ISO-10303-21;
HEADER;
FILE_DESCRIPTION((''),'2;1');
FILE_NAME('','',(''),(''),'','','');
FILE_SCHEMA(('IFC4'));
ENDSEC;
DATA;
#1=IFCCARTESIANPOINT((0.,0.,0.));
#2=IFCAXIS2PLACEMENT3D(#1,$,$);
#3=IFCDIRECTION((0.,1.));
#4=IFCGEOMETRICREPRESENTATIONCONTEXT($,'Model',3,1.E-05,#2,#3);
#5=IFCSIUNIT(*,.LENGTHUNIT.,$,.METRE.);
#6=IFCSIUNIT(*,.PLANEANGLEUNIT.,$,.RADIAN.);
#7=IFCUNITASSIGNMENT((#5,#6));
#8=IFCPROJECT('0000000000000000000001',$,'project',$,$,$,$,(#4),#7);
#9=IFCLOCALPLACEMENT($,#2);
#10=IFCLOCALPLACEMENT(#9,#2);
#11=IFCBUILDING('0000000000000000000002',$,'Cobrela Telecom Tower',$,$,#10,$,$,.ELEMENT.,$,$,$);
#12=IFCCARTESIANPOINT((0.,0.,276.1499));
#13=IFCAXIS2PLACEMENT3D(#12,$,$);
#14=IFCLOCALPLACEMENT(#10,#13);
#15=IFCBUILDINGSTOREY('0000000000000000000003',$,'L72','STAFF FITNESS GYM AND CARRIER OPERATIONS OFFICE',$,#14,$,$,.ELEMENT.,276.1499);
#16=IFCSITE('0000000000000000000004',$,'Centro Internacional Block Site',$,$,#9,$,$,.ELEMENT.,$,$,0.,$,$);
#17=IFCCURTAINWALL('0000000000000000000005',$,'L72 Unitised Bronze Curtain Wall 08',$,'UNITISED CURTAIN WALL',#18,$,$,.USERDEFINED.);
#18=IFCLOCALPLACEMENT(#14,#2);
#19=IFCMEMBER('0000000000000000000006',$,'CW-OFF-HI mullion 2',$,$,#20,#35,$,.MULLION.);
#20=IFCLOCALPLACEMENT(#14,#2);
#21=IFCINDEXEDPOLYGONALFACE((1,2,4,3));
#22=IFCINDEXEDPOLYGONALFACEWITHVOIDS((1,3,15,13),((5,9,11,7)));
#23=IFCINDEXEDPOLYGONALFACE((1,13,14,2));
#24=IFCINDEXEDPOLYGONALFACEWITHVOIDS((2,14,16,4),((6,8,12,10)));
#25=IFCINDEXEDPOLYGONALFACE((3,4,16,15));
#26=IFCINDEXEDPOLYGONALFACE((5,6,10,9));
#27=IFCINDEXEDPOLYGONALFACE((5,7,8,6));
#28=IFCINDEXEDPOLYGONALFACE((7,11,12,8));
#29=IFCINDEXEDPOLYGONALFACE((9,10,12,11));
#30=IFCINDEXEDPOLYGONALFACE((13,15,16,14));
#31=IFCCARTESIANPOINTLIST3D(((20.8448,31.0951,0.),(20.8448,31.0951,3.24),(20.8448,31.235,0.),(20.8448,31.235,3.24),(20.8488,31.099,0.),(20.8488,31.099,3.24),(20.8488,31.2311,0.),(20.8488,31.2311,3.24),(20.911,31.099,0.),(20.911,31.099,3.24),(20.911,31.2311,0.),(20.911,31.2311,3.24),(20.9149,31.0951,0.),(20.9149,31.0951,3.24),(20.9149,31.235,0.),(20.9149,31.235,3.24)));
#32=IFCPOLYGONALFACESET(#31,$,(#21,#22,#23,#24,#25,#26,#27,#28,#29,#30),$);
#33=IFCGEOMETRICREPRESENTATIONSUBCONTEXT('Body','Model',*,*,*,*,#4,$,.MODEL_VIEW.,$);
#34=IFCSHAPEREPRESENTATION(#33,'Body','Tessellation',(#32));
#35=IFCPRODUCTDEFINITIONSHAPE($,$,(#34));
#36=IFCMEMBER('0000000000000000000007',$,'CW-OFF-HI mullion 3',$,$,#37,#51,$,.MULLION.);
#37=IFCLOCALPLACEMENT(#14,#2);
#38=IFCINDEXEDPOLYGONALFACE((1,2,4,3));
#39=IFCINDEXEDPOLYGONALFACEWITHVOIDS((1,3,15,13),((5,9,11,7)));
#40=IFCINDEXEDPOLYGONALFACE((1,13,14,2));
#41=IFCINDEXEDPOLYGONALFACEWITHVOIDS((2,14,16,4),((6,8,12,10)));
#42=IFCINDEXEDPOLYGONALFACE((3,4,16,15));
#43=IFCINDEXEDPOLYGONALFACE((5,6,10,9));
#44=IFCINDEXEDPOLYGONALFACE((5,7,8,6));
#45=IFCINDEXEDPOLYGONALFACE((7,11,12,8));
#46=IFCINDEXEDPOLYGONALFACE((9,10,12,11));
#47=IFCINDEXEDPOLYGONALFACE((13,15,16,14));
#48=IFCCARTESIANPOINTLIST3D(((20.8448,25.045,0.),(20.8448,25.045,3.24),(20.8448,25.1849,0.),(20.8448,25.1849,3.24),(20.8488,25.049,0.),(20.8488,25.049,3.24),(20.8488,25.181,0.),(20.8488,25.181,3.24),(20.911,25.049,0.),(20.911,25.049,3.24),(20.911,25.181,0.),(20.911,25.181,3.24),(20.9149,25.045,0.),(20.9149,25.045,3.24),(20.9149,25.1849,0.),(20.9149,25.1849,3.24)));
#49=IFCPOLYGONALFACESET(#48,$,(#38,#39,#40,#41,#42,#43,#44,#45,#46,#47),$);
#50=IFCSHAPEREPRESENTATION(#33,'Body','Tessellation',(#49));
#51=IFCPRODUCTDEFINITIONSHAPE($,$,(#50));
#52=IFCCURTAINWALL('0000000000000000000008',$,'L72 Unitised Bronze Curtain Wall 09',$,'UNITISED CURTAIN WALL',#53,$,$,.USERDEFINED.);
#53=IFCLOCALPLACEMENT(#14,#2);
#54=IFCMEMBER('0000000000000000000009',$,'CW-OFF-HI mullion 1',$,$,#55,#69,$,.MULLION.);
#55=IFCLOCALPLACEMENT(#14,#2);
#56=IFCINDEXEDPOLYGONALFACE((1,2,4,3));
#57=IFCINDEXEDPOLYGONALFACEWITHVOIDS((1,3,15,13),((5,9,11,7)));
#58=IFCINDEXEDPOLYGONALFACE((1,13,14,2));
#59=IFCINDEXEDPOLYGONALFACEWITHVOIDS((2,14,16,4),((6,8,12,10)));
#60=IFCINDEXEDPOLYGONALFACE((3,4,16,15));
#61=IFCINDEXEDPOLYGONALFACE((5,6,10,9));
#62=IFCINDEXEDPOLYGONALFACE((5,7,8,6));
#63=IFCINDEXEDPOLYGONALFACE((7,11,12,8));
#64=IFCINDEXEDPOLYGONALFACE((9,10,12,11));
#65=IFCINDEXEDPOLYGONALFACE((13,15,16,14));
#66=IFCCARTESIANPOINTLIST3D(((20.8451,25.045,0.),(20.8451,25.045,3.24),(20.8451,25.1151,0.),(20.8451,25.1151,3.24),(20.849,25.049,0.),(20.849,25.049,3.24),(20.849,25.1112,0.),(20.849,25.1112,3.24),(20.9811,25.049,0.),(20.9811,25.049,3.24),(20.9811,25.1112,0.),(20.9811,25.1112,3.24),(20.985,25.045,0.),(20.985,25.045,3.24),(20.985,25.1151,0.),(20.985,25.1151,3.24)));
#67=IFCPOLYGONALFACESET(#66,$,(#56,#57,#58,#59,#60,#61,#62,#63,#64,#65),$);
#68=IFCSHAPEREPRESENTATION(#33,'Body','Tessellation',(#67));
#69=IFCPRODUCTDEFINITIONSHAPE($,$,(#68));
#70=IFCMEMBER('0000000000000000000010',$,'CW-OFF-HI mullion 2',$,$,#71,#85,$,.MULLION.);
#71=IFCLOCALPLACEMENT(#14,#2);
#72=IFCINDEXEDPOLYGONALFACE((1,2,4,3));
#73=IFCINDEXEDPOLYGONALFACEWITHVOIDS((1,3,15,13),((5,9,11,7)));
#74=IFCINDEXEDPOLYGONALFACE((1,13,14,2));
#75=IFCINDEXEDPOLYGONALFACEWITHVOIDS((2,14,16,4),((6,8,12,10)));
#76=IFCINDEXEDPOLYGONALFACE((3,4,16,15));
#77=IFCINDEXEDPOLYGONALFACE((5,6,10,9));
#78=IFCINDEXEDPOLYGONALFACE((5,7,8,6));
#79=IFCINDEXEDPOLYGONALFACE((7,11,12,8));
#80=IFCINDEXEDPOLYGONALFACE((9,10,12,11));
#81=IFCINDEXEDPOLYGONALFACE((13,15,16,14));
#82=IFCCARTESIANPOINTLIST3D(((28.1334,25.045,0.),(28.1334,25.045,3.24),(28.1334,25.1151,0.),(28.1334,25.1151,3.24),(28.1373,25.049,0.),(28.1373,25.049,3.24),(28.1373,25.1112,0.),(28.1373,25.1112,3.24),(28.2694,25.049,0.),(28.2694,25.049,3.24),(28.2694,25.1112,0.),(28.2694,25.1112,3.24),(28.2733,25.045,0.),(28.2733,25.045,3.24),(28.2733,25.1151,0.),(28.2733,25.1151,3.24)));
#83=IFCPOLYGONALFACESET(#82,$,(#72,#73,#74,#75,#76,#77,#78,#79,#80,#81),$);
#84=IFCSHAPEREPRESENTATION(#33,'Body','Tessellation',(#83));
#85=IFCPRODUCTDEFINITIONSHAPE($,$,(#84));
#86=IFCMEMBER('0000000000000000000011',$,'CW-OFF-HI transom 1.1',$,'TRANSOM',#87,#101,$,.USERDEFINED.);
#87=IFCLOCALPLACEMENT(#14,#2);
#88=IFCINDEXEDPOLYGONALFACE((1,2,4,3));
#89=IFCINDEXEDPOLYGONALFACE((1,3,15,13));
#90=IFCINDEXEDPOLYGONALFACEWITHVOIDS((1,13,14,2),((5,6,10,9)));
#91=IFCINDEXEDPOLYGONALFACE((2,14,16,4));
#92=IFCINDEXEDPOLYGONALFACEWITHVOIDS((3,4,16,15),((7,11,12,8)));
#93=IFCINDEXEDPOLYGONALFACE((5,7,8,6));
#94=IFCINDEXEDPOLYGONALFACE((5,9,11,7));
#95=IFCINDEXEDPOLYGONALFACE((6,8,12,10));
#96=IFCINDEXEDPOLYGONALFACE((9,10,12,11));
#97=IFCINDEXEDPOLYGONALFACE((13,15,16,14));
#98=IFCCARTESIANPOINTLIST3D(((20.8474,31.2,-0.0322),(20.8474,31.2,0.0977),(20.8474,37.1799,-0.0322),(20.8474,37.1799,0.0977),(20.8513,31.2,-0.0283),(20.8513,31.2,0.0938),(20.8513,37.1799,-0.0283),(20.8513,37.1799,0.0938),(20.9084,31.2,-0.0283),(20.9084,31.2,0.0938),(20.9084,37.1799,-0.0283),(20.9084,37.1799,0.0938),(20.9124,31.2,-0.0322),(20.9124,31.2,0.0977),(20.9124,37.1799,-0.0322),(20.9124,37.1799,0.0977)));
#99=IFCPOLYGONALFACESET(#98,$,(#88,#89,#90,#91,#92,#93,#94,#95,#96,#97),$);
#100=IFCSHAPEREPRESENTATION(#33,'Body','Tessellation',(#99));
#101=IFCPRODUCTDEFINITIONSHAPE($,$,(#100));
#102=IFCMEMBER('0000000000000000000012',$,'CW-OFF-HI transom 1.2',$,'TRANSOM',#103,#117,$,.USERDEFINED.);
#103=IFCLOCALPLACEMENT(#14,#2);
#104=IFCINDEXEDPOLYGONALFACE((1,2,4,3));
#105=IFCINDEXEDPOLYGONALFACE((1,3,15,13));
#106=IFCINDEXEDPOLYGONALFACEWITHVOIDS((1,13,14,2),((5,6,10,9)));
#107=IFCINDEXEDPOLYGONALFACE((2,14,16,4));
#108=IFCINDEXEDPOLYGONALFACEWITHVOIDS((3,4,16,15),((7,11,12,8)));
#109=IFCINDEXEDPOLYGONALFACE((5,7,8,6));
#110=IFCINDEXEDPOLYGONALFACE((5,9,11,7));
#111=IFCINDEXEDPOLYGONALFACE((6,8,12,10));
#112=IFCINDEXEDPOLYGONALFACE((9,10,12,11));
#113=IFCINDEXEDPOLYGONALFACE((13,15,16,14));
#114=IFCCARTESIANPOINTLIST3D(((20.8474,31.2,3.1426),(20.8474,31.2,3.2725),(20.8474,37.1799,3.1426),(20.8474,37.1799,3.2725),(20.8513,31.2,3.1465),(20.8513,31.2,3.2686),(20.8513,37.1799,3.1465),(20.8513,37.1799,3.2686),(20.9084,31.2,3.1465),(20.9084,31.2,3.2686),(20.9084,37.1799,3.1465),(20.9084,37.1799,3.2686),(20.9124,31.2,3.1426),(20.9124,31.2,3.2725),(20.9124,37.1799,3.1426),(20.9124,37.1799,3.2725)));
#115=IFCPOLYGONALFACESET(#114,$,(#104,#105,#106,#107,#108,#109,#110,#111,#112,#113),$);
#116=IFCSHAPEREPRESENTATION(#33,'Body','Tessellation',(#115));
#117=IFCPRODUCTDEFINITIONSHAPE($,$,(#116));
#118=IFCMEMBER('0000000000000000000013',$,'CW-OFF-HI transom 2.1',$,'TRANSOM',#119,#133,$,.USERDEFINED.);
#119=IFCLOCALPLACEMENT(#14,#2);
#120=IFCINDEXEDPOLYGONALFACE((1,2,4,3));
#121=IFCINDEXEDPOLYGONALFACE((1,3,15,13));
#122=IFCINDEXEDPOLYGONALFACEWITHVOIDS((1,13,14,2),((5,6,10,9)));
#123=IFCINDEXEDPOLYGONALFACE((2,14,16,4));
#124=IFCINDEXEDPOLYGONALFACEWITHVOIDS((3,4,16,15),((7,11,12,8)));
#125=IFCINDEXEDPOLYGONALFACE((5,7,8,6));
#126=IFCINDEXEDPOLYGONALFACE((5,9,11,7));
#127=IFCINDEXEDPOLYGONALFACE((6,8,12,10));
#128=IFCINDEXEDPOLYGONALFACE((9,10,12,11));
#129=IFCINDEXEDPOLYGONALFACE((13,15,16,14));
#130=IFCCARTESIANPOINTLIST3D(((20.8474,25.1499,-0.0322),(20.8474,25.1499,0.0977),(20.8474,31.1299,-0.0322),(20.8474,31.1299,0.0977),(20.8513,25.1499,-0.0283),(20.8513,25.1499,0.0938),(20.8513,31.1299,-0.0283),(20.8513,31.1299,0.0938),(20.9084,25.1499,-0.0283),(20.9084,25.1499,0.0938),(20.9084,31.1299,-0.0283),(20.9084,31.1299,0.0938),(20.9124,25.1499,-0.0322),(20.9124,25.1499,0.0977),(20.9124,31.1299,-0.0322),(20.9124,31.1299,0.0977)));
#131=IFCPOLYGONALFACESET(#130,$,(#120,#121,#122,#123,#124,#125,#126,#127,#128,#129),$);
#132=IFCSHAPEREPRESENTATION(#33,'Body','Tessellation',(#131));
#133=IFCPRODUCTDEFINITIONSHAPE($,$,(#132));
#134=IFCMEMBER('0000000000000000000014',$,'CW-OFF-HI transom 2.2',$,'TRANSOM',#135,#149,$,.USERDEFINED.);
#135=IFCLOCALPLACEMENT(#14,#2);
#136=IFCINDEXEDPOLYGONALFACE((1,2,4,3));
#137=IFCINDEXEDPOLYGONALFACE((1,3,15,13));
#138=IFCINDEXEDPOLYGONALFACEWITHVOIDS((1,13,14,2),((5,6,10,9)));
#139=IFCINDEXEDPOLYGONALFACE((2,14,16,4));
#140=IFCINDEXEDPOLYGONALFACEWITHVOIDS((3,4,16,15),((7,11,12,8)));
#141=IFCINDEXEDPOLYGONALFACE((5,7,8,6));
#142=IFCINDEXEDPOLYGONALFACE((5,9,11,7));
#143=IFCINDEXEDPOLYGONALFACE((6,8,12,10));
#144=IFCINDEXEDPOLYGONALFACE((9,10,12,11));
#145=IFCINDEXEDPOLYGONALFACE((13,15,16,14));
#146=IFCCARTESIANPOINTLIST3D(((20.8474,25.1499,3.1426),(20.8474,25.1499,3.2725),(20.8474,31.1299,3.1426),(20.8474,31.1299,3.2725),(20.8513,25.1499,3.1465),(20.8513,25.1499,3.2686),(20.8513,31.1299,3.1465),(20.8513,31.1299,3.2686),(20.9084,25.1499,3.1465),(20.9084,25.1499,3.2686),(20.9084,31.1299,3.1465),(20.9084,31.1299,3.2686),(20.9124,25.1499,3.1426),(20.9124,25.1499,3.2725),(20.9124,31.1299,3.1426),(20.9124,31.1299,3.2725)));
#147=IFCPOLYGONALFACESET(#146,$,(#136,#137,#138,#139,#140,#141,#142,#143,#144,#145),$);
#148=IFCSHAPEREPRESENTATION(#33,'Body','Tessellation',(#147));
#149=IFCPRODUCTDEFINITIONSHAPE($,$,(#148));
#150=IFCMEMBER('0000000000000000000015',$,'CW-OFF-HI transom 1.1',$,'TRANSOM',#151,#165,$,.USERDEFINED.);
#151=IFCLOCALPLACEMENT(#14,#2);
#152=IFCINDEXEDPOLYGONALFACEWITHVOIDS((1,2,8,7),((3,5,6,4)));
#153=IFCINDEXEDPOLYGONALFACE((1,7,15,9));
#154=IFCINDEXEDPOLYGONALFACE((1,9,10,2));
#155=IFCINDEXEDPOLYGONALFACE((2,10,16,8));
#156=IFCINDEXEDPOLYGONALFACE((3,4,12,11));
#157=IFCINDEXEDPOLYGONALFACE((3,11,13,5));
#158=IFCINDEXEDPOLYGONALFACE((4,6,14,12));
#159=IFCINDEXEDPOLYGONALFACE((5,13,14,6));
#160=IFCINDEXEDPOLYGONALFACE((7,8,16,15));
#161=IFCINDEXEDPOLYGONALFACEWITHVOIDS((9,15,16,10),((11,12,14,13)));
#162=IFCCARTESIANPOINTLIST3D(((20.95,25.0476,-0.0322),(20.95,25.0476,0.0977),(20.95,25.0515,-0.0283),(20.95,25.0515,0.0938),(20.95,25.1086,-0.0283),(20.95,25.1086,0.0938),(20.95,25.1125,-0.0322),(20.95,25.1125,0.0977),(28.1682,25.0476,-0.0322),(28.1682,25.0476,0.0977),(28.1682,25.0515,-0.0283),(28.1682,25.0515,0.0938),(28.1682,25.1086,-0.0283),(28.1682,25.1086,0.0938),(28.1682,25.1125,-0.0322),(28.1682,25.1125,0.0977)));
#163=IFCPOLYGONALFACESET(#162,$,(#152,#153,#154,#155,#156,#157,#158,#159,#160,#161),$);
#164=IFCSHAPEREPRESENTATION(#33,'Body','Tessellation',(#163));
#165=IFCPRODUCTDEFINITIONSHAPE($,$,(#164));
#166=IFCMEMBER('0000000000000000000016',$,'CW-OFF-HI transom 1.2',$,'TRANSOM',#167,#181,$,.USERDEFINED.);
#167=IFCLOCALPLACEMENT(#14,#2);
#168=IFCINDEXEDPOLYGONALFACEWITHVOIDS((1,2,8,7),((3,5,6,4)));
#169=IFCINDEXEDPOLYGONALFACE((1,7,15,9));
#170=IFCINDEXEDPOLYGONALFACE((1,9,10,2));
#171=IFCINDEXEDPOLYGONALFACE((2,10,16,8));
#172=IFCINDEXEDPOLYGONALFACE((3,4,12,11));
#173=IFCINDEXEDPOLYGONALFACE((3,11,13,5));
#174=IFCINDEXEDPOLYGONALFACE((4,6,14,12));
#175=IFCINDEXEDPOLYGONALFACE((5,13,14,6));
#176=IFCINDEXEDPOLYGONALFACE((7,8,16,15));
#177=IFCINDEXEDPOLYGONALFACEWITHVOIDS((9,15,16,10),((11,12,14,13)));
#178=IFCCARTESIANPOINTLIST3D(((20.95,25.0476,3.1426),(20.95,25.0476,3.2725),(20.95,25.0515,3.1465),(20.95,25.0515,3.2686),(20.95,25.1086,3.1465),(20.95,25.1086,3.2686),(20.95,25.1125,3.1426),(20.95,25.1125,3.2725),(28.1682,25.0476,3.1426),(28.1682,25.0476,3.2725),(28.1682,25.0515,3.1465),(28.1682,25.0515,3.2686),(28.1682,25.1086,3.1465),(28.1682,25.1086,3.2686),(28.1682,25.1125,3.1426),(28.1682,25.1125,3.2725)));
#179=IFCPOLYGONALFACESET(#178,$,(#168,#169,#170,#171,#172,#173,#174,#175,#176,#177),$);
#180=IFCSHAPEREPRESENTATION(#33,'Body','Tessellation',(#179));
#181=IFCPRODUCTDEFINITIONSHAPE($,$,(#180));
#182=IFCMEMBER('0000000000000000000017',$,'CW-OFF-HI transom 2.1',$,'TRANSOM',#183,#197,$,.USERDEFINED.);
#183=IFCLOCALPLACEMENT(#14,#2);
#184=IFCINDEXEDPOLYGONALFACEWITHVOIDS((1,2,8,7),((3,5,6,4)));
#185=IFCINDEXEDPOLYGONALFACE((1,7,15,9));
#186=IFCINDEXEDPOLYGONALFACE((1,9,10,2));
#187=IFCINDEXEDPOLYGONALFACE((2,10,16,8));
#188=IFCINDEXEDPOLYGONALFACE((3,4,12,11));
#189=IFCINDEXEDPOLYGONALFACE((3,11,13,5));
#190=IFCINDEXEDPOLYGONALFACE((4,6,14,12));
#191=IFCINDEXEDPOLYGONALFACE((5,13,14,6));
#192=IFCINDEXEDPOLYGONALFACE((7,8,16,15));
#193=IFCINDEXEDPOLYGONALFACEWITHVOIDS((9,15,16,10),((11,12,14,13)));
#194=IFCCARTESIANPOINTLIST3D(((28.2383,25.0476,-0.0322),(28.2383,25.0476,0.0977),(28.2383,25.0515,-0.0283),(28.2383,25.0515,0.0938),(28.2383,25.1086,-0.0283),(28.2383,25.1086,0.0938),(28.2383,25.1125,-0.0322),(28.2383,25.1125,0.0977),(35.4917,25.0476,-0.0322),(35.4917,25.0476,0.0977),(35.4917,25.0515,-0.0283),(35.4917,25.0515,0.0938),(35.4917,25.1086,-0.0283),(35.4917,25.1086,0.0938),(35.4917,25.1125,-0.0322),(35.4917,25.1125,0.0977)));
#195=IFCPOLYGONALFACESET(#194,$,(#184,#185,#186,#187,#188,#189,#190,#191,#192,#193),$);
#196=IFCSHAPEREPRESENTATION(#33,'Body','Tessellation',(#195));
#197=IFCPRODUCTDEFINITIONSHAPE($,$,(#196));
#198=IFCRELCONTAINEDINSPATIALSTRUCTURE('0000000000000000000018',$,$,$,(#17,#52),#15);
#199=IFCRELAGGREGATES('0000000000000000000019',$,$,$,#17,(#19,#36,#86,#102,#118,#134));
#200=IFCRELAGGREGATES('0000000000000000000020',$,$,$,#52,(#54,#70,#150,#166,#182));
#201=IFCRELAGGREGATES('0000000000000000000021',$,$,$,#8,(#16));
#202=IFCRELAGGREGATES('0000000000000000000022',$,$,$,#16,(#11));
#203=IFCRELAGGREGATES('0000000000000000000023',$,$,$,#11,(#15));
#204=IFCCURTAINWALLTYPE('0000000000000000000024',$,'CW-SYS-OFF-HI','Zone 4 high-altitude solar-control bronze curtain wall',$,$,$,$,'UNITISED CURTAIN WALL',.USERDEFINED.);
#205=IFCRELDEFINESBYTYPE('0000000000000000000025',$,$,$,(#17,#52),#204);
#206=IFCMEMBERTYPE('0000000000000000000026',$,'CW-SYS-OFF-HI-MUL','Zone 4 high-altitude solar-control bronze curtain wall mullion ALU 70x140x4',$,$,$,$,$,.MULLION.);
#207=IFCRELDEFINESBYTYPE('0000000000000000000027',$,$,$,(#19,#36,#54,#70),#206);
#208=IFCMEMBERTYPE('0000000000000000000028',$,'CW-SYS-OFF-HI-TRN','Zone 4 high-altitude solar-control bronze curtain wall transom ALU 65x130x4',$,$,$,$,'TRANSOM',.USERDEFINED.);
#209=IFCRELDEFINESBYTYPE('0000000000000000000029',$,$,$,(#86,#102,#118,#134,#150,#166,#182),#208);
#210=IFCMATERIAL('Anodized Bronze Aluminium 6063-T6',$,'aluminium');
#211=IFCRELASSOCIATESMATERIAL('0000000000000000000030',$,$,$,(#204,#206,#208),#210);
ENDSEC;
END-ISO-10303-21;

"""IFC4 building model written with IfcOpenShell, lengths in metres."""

from ifc_helpers import new_model, si_unit, direction, frame, origin, origin_2d, place, context, subcontext, project, spatial, hollow_rectangle, extrude, material, material_profile, profile_set, type_object, element, aggregate, save


model = new_model("IFC4")

# Units and contexts
model_context = context("Model", 3, precision=1e-05, world=origin(), true_north=direction((0.0, 1.0)))
body_context = subcontext(model_context, "Body", "Model", "MODEL_VIEW")
ifc_project = project(units=[si_unit("LENGTHUNIT", "METRE"), si_unit("PLANEANGLEUNIT", "RADIAN")], contexts=[model_context])

# Site, building, storey
site_placement = place(None, origin())
site = spatial("IfcSite", under=ifc_project, at=site_placement, Name="Centro Internacional Block Site", CompositionType="ELEMENT", RefElevation=0.0)
building_placement = place(site_placement, origin())
building = spatial("IfcBuilding", under=site, at=building_placement, Name="Cobrela Telecom Tower", CompositionType="ELEMENT")
storey_placement = place(building_placement, frame((0.0, 0.0, 276.1499)))
storey = spatial("IfcBuildingStorey", under=building, at=storey_placement, Name="L72", Description="STAFF FITNESS GYM AND CARRIER OPERATIONS OFFICE", CompositionType="ELEMENT", Elevation=276.1499)

# Shared definitions
ifc_material_1 = material(Name="Anodized Bronze Aluminium 6063-T6", Category="aluminium")
curtain_wall_type = type_object("IfcCurtainWallType", Name="CW-SYS-OFF-HI", Description="Zone 4 high-altitude solar-control bronze curtain wall", ElementType="UNITISED CURTAIN WALL", PredefinedType="USERDEFINED", material=ifc_material_1)
ifc_material_profile_1 = material_profile(ifc_material_1, hollow_rectangle(XDim=0.0701, YDim=0.1399, WallThickness=0.0039, at=origin_2d()), Name="ALU 70x140x4")
ifc_profile_set_1 = profile_set([ifc_material_profile_1], Name="Anodized Bronze Aluminium 6063-T6")
member_type_1 = type_object("IfcMemberType", Name="CW-SYS-OFF-HI-MUL", Description="Zone 4 high-altitude solar-control bronze curtain wall mullion ALU 70x140x4", PredefinedType="MULLION", material=ifc_profile_set_1)

# Curtain walls, members
curtain_wall_1_placement = place(storey_placement, origin())
curtain_wall_1 = element("IfcCurtainWall", 1, at=curtain_wall_1_placement, inside=storey, type_object=curtain_wall_type, Name="L72 Unitised Bronze Curtain Wall 08", ObjectType="UNITISED CURTAIN WALL", PredefinedType="USERDEFINED")
member_1_placement = place(storey_placement, frame((20.8799, 31.165, 0.0), z_axis=(0.0, 0.0, 1.0), x_axis=(1.0, 0.0, 0.0)))
member_1 = element("IfcMember", 2, at=member_1_placement, type_object=member_type_1, Name="CW-OFF-HI mullion 2", PredefinedType="MULLION", context=body_context, shape_type="SweptSolid", body=[
    extrude(hollow_rectangle(XDim=0.0701, YDim=0.1399, WallThickness=0.0039, at=origin_2d()), origin(), (0.0, 0.0, 1.0), 3.24),
])
member_2_placement = place(storey_placement, frame((20.8799, 25.115, 0.0), z_axis=(0.0, 0.0, 1.0), x_axis=(1.0, 0.0, 0.0)))
member_2 = element("IfcMember", 3, at=member_2_placement, type_object=member_type_1, Name="CW-OFF-HI mullion 3", PredefinedType="MULLION", context=body_context, shape_type="SweptSolid", body=[
    extrude(hollow_rectangle(XDim=0.0701, YDim=0.1399, WallThickness=0.0039, at=origin_2d()), origin(), (0.0, 0.0, 1.0), 3.24),
])
curtain_wall_2_placement = place(storey_placement, origin())
curtain_wall_2 = element("IfcCurtainWall", 4, at=curtain_wall_2_placement, inside=storey, type_object=curtain_wall_type, Name="L72 Unitised Bronze Curtain Wall 09", ObjectType="UNITISED CURTAIN WALL", PredefinedType="USERDEFINED")
member_3_placement = place(storey_placement, frame((20.915, 25.0801, 0.0), z_axis=(0.0, 0.0, 1.0), x_axis=(0.0, 1.0, 0.0)))
member_3 = element("IfcMember", 5, at=member_3_placement, type_object=member_type_1, Name="CW-OFF-HI mullion 1", PredefinedType="MULLION", context=body_context, shape_type="SweptSolid", body=[
    extrude(hollow_rectangle(XDim=0.0701, YDim=0.1399, WallThickness=0.0039, at=origin_2d()), origin(), (0.0, 0.0, 1.0), 3.24),
])
member_4_placement = place(storey_placement, frame((28.2034, 25.0801, 0.0), z_axis=(0.0, 0.0, 1.0), x_axis=(0.0, 1.0, 0.0)))
member_4 = element("IfcMember", 6, at=member_4_placement, type_object=member_type_1, Name="CW-OFF-HI mullion 2", PredefinedType="MULLION", context=body_context, shape_type="SweptSolid", body=[
    extrude(hollow_rectangle(XDim=0.0701, YDim=0.1399, WallThickness=0.0039, at=origin_2d()), origin(), (0.0, 0.0, 1.0), 3.24),
])

# Members
ifc_material_profile_2 = material_profile(ifc_material_1, hollow_rectangle(XDim=0.0649, YDim=0.1299, WallThickness=0.0039, at=origin_2d()), Name="ALU 65x130x4")
ifc_profile_set_2 = profile_set([ifc_material_profile_2], Name="Anodized Bronze Aluminium 6063-T6")
member_type_2 = type_object("IfcMemberType", Name="CW-SYS-OFF-HI-TRN", Description="Zone 4 high-altitude solar-control bronze curtain wall transom ALU 65x130x4", ElementType="TRANSOM", PredefinedType="USERDEFINED", material=ifc_profile_set_2)
member_5_placement = place(storey_placement, frame((20.8799, 37.1799, 0.0327), z_axis=(0.0, -1.0, 0.0), x_axis=(1.0, 0.0, 0.0)))
member_5 = element("IfcMember", 7, at=member_5_placement, type_object=member_type_2, Name="CW-OFF-HI transom 1.1", ObjectType="TRANSOM", PredefinedType="USERDEFINED", context=body_context, shape_type="SweptSolid", body=[
    extrude(hollow_rectangle(XDim=0.0649, YDim=0.1299, WallThickness=0.0039, at=origin_2d()), origin(), (0.0, 0.0, 1.0), 5.98),
])
member_6_placement = place(storey_placement, frame((20.8799, 37.1799, 3.2075), z_axis=(0.0, -1.0, 0.0), x_axis=(1.0, 0.0, 0.0)))
member_6 = element("IfcMember", 8, at=member_6_placement, type_object=member_type_2, Name="CW-OFF-HI transom 1.2", ObjectType="TRANSOM", PredefinedType="USERDEFINED", context=body_context, shape_type="SweptSolid", body=[
    extrude(hollow_rectangle(XDim=0.0649, YDim=0.1299, WallThickness=0.0039, at=origin_2d()), origin(), (0.0, 0.0, 1.0), 5.98),
])
member_7_placement = place(storey_placement, frame((20.8799, 31.1299, 0.0327), z_axis=(0.0, -1.0, 0.0), x_axis=(1.0, 0.0, 0.0)))
member_7 = element("IfcMember", 9, at=member_7_placement, type_object=member_type_2, Name="CW-OFF-HI transom 2.1", ObjectType="TRANSOM", PredefinedType="USERDEFINED", context=body_context, shape_type="SweptSolid", body=[
    extrude(hollow_rectangle(XDim=0.0649, YDim=0.1299, WallThickness=0.0039, at=origin_2d()), origin(), (0.0, 0.0, 1.0), 5.98),
])
member_8_placement = place(storey_placement, frame((20.8799, 31.1299, 3.2075), z_axis=(0.0, -1.0, 0.0), x_axis=(1.0, 0.0, 0.0)))
member_8 = element("IfcMember", 10, at=member_8_placement, type_object=member_type_2, Name="CW-OFF-HI transom 2.2", ObjectType="TRANSOM", PredefinedType="USERDEFINED", context=body_context, shape_type="SweptSolid", body=[
    extrude(hollow_rectangle(XDim=0.0649, YDim=0.1299, WallThickness=0.0039, at=origin_2d()), origin(), (0.0, 0.0, 1.0), 5.98),
])
member_9_placement = place(storey_placement, frame((20.95, 25.0801, 0.0327), z_axis=(1.0, 0.0, 0.0), x_axis=(0.0, 1.0, 0.0)))
member_9 = element("IfcMember", 11, at=member_9_placement, type_object=member_type_2, Name="CW-OFF-HI transom 1.1", ObjectType="TRANSOM", PredefinedType="USERDEFINED", context=body_context, shape_type="SweptSolid", body=[
    extrude(hollow_rectangle(XDim=0.0649, YDim=0.1299, WallThickness=0.0039, at=origin_2d()), origin(), (0.0, 0.0, 1.0), 7.2183),
])
member_10_placement = place(storey_placement, frame((20.95, 25.0801, 3.2075), z_axis=(1.0, 0.0, 0.0), x_axis=(0.0, 1.0, 0.0)))
member_10 = element("IfcMember", 12, at=member_10_placement, type_object=member_type_2, Name="CW-OFF-HI transom 1.2", ObjectType="TRANSOM", PredefinedType="USERDEFINED", context=body_context, shape_type="SweptSolid", body=[
    extrude(hollow_rectangle(XDim=0.0649, YDim=0.1299, WallThickness=0.0039, at=origin_2d()), origin(), (0.0, 0.0, 1.0), 7.2183),
])
member_11_placement = place(storey_placement, frame((28.2383, 25.0801, 0.0327), z_axis=(1.0, 0.0, 0.0), x_axis=(0.0, 1.0, 0.0)))
member_11 = element("IfcMember", 13, at=member_11_placement, type_object=member_type_2, Name="CW-OFF-HI transom 2.1", ObjectType="TRANSOM", PredefinedType="USERDEFINED", context=body_context, shape_type="SweptSolid", body=[
    extrude(hollow_rectangle(XDim=0.0649, YDim=0.1299, WallThickness=0.0039, at=origin_2d()), origin(), (0.0, 0.0, 1.0), 7.2534),
])

aggregate(curtain_wall_1, [member_1, member_2, member_5, member_6, member_7, member_8])
aggregate(curtain_wall_2, [member_3, member_4, member_9, member_10, member_11])

save(model, "model.ifc")
